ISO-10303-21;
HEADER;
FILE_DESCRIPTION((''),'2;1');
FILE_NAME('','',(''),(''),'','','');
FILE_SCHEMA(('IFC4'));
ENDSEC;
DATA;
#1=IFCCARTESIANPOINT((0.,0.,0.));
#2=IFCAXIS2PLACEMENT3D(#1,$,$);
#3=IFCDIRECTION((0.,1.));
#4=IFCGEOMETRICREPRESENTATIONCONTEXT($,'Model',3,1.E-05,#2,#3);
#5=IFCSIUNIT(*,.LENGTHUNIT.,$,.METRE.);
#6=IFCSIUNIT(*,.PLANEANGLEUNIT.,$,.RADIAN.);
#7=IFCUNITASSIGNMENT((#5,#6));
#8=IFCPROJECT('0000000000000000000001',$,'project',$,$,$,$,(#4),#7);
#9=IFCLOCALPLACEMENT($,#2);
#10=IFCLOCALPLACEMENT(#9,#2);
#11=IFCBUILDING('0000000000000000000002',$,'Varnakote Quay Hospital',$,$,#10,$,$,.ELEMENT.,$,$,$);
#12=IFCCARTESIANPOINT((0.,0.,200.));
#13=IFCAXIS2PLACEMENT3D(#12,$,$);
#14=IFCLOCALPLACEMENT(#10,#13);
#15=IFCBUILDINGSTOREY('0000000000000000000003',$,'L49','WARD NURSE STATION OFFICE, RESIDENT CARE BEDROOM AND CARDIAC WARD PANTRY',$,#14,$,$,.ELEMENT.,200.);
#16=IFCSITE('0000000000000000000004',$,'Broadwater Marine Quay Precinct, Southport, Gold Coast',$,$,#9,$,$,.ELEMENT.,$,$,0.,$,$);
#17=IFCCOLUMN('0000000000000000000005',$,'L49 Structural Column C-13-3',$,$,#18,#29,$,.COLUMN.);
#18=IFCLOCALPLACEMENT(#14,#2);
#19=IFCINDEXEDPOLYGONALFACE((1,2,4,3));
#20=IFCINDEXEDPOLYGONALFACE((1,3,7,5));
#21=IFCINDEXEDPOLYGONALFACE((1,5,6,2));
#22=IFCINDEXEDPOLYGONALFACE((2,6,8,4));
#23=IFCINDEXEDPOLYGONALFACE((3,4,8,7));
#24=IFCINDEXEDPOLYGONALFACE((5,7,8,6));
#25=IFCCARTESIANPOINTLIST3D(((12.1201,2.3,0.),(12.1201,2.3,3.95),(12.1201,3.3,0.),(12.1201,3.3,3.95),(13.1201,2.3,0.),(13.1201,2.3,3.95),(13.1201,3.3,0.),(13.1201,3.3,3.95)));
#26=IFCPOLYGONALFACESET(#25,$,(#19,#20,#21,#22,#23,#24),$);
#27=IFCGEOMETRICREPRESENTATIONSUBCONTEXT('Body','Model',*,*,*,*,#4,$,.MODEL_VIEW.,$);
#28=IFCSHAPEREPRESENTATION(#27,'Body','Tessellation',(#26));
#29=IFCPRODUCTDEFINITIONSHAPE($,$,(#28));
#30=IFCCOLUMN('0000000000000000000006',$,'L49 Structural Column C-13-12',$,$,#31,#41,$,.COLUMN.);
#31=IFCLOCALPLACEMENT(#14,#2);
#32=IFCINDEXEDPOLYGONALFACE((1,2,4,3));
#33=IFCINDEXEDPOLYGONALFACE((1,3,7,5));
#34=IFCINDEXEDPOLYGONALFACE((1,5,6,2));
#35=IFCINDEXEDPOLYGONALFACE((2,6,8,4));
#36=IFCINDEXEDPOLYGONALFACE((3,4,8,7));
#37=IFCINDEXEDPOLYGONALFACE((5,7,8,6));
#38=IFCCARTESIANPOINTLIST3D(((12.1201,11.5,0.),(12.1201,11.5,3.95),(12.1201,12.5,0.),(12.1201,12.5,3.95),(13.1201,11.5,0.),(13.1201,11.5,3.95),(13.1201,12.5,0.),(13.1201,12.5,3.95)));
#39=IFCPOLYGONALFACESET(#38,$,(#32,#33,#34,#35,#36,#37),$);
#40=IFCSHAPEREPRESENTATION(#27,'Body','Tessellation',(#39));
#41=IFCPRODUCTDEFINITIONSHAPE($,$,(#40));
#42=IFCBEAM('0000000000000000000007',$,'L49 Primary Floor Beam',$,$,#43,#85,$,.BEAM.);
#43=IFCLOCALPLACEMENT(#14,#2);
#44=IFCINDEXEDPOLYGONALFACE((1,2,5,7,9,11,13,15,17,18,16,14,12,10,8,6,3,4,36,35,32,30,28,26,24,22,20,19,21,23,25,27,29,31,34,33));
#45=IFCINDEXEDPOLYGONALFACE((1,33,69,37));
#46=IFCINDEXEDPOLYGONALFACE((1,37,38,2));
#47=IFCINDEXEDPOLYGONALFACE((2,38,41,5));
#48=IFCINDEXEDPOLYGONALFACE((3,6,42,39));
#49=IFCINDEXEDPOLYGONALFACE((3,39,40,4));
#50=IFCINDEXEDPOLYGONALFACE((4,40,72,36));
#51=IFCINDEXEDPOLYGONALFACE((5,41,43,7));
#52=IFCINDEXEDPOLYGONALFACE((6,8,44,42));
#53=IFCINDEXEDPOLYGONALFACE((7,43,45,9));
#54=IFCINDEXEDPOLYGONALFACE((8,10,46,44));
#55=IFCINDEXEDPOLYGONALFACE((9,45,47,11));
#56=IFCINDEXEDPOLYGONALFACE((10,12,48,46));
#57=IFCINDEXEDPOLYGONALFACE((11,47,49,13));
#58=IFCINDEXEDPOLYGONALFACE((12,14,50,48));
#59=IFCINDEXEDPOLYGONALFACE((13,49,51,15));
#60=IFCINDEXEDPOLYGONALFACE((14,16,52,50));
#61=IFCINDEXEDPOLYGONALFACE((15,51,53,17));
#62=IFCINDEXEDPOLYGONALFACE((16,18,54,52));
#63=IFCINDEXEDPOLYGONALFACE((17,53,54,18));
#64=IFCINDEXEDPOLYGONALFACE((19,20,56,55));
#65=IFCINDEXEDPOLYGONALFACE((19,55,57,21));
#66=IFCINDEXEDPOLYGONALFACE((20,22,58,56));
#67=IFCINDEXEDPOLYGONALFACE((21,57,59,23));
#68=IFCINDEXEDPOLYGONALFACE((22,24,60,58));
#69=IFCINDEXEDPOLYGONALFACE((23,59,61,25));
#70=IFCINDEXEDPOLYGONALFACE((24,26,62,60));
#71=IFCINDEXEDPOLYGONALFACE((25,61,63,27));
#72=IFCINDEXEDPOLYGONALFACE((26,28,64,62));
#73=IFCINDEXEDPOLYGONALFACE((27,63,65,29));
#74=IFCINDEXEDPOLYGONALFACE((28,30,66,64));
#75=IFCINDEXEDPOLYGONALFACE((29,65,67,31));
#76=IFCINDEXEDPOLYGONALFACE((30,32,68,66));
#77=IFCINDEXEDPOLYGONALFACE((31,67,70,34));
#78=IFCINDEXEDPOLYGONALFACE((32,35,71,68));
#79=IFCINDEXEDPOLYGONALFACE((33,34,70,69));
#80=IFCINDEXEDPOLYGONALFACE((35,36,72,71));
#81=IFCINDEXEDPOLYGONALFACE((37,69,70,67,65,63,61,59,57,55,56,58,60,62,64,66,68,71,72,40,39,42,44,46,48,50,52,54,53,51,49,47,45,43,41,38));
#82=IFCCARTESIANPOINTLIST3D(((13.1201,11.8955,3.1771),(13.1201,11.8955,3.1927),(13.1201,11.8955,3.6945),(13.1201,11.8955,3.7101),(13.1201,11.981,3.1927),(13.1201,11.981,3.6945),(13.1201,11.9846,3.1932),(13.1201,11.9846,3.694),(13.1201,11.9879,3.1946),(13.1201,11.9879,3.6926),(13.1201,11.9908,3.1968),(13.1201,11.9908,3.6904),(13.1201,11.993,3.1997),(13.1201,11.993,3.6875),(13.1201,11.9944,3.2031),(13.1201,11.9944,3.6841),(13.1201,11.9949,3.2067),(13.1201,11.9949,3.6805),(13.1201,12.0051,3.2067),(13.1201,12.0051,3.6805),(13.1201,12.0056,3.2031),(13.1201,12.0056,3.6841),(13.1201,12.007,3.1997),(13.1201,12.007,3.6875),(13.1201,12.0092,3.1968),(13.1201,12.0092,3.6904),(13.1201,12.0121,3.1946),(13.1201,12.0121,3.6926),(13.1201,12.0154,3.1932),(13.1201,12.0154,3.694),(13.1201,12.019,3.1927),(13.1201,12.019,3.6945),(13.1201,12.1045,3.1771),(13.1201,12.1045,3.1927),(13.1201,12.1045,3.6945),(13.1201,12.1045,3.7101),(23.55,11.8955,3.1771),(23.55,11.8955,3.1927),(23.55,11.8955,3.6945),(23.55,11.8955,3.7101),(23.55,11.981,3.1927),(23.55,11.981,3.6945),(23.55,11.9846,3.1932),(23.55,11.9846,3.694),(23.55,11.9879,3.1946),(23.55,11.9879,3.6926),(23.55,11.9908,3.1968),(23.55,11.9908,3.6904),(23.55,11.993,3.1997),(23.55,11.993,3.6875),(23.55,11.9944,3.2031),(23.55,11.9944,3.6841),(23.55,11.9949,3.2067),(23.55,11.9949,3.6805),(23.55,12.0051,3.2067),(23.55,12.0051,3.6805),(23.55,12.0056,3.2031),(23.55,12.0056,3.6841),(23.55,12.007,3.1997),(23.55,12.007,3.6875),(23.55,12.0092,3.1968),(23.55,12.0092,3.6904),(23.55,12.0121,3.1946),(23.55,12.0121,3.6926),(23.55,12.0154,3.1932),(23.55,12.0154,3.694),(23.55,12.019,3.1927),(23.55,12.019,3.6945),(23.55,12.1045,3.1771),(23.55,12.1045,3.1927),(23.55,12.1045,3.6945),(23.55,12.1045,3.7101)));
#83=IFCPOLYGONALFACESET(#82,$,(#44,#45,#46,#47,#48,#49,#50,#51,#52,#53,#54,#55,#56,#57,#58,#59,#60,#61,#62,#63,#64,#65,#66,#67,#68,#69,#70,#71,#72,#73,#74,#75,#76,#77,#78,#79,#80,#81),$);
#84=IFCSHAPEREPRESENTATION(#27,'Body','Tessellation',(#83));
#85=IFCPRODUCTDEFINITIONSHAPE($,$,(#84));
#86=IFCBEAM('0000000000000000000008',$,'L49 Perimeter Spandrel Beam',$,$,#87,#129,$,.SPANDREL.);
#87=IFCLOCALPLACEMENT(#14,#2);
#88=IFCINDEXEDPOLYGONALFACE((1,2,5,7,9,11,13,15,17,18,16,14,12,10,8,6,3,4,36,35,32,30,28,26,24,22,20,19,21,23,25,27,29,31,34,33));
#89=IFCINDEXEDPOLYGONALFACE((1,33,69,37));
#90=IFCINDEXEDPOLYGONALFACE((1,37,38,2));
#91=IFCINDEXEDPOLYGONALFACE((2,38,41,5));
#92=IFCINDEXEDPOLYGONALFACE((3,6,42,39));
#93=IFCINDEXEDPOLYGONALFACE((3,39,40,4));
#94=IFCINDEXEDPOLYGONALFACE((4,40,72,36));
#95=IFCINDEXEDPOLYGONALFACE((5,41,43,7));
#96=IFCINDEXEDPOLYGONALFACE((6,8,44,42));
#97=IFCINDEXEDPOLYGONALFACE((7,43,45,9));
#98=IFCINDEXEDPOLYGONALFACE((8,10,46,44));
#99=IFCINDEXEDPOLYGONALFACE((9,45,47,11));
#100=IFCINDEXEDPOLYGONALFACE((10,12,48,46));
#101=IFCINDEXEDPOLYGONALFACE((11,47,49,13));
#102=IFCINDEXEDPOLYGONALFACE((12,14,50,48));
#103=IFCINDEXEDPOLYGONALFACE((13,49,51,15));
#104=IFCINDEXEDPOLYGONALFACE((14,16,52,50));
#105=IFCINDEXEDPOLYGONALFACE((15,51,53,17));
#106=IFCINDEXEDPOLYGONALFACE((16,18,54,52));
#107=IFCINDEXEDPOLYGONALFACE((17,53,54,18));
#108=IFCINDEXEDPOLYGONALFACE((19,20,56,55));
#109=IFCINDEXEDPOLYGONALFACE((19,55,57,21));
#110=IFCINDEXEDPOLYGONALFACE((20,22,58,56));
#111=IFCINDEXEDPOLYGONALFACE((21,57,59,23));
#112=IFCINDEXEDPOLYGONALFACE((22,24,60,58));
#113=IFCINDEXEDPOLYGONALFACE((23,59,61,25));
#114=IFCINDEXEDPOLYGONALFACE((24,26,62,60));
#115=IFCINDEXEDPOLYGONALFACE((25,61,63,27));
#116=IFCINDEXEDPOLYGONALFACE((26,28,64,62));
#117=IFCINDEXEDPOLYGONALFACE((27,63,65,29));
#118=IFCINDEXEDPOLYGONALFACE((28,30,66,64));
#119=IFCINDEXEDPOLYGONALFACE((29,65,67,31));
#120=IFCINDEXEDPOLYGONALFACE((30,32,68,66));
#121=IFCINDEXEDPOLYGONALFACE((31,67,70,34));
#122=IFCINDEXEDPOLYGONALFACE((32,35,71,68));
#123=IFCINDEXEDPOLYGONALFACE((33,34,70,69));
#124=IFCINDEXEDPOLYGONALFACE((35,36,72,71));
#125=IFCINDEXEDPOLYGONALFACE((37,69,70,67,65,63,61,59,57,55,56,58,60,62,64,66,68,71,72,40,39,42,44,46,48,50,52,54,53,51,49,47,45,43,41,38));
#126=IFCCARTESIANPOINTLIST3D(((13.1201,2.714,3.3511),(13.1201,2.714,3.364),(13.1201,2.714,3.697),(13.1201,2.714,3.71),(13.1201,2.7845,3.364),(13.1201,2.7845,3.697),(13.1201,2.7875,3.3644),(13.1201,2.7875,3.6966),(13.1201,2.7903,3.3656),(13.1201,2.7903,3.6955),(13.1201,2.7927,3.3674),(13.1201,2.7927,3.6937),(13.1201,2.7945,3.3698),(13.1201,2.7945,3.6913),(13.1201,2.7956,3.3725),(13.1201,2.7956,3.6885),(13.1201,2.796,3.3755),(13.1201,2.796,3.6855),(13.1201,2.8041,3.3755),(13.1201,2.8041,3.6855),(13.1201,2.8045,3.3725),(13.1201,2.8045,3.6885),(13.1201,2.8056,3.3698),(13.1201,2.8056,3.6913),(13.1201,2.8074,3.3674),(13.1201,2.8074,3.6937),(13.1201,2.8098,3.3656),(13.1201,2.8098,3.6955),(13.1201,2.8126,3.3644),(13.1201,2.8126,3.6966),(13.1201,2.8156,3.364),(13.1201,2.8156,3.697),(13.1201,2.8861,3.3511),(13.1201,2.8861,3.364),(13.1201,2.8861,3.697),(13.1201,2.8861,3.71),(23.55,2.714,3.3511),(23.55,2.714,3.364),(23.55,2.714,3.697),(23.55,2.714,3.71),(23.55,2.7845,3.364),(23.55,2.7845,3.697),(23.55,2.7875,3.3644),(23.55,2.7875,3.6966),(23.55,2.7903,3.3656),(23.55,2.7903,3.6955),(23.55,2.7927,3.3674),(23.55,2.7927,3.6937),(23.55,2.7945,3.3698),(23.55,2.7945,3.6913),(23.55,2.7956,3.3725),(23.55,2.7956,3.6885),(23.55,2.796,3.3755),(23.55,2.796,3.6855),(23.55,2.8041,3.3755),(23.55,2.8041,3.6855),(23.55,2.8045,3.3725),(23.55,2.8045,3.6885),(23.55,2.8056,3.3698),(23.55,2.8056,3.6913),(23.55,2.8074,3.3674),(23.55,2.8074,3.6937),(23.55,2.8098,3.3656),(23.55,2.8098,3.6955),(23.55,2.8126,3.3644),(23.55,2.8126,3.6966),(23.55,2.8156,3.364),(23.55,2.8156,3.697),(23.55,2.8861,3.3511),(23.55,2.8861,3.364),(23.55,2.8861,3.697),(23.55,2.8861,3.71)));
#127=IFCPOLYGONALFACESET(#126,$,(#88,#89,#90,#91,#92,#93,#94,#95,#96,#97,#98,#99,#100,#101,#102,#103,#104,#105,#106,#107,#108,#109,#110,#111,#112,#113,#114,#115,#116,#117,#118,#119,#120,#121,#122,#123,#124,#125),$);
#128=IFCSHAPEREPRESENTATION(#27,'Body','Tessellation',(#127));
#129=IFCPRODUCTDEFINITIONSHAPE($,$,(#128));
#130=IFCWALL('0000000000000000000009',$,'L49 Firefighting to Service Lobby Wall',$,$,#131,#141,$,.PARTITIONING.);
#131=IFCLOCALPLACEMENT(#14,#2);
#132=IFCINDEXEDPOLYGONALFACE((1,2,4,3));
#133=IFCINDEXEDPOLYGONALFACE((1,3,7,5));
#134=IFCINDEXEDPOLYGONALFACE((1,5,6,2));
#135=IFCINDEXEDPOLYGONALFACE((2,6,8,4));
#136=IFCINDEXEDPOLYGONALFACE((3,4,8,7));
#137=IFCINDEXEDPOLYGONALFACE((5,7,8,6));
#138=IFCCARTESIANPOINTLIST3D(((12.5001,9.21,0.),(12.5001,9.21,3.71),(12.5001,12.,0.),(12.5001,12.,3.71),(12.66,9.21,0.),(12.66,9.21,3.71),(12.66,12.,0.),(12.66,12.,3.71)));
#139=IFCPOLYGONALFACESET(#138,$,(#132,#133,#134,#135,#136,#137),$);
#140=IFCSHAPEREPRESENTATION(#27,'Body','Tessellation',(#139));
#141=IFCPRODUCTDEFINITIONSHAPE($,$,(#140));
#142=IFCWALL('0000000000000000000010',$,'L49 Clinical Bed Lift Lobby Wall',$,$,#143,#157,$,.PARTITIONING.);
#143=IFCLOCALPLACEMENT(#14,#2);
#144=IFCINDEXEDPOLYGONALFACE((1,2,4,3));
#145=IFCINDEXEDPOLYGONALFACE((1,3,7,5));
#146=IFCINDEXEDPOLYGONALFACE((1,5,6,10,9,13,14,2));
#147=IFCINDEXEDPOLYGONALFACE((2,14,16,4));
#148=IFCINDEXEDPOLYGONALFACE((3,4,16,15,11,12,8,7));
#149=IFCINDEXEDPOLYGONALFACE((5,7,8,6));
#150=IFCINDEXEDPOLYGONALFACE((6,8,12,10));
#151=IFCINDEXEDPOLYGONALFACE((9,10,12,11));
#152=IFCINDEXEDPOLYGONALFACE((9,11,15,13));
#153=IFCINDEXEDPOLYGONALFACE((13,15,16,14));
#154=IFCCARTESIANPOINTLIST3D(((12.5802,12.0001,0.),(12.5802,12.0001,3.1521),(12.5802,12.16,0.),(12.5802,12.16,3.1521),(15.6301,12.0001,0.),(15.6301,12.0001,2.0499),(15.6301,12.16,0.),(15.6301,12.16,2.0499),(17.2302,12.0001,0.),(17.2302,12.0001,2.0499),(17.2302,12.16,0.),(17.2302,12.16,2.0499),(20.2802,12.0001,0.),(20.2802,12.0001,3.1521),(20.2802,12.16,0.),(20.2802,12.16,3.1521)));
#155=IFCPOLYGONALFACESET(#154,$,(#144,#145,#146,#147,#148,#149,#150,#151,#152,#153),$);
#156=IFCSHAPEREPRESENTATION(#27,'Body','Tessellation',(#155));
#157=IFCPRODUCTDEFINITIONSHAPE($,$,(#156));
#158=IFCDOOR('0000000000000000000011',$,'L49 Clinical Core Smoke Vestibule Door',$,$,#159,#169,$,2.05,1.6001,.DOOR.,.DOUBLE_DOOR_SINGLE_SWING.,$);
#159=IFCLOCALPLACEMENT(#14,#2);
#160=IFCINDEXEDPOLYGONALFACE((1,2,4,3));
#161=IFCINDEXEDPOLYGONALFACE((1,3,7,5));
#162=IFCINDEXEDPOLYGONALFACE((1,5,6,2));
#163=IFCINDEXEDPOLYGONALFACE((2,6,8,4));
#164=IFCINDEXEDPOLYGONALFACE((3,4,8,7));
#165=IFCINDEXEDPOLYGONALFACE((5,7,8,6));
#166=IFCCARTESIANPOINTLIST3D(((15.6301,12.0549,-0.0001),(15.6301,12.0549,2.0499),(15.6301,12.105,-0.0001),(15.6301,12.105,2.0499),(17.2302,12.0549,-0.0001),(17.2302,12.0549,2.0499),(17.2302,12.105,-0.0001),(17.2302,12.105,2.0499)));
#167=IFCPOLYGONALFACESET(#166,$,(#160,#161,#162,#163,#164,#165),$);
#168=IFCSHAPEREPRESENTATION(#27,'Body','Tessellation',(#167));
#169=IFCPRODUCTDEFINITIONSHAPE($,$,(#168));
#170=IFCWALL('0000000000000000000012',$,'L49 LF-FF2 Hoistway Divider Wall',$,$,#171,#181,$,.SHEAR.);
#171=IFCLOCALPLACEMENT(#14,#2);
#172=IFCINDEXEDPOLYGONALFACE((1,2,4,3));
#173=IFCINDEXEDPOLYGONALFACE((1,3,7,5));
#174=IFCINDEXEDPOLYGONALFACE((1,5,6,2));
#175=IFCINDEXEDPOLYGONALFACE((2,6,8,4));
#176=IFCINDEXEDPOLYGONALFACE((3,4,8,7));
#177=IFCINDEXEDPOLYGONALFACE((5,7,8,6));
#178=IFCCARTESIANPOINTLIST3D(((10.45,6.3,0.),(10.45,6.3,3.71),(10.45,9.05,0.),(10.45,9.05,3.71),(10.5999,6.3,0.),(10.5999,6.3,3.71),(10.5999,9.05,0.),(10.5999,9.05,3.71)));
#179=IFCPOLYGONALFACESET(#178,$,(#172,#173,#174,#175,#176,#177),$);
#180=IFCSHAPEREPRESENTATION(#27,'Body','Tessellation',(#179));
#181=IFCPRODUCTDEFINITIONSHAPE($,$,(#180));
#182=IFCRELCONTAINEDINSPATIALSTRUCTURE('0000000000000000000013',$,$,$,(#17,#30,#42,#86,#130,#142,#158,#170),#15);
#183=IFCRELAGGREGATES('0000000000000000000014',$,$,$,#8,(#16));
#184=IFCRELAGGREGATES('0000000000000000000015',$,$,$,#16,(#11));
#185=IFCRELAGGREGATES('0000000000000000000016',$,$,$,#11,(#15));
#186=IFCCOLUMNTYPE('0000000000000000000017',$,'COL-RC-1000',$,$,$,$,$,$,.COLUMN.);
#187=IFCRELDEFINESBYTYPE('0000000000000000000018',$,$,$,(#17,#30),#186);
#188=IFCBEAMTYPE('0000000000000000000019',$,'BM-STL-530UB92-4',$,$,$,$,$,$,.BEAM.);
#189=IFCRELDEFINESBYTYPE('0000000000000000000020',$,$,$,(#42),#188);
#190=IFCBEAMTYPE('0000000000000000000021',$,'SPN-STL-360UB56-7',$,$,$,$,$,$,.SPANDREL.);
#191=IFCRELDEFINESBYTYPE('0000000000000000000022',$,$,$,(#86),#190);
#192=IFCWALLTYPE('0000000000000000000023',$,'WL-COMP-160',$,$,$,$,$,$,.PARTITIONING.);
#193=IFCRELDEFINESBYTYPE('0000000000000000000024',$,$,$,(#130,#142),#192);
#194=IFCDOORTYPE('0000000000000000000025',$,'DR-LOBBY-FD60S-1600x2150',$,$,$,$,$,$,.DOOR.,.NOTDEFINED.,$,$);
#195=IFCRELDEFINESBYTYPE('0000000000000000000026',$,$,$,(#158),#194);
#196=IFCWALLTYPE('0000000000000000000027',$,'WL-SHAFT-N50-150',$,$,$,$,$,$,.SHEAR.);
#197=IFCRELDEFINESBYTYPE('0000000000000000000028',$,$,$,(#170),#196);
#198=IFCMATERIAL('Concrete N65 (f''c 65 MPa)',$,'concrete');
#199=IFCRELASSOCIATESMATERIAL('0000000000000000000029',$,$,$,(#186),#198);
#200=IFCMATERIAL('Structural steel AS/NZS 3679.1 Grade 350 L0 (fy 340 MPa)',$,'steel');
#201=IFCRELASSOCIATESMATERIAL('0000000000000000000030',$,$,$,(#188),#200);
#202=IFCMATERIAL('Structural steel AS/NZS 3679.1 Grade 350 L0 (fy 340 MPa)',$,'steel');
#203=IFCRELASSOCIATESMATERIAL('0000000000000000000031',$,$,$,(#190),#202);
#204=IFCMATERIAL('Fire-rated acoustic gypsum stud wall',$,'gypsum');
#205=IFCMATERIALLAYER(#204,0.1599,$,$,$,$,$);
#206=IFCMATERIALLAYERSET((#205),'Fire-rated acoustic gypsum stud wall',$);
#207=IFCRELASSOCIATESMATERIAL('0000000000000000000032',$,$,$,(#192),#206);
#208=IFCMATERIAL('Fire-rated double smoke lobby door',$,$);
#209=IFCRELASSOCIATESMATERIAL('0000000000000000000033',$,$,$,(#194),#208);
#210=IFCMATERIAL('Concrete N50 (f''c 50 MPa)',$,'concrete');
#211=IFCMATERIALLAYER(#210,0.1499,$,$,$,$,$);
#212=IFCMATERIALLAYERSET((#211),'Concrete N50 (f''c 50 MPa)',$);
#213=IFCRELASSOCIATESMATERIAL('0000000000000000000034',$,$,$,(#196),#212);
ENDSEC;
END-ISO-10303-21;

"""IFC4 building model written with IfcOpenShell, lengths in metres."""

from ifc_helpers import new_model, si_unit, direction, frame, frame_2d, origin, origin_2d, place, context, subcontext, project, spatial, rectangle, i_section, extrude, material, layer, layer_set, material_profile, profile_set, type_object, element, fill, save


model = new_model("IFC4")

# Units and contexts
model_context = context("Model", 3, precision=1e-05, world=origin(), true_north=direction((0.0, 1.0)))
body_context = subcontext(model_context, "Body", "Model", "MODEL_VIEW")
ifc_project = project(units=[si_unit("LENGTHUNIT", "METRE"), si_unit("PLANEANGLEUNIT", "RADIAN")], contexts=[model_context])

# Site, building, storey
site_placement = place(None, origin())
site = spatial("IfcSite", under=ifc_project, at=site_placement, Name="Broadwater Marine Quay Precinct, Southport, Gold Coast", CompositionType="ELEMENT", RefElevation=0.0)
building_placement = place(site_placement, origin())
building = spatial("IfcBuilding", under=site, at=building_placement, Name="Varnakote Quay Hospital", CompositionType="ELEMENT")
storey_placement = place(building_placement, frame((0.0, 0.0, 200.0)))
storey = spatial("IfcBuildingStorey", under=building, at=storey_placement, Name="L49", Description="WARD NURSE STATION OFFICE, RESIDENT CARE BEDROOM AND CARDIAC WARD PANTRY", CompositionType="ELEMENT", Elevation=200.0)

# Columns
ifc_material_1 = material(Name="Concrete N65 (f'c 65 MPa)", Category="concrete")
ifc_material_profile_1 = material_profile(ifc_material_1, rectangle(XDim=1.0, YDim=1.0, at=origin_2d()), Name="RC-COL-1000x1000")
ifc_profile_set_1 = profile_set([ifc_material_profile_1], Name="Concrete N65 (f'c 65 MPa)")
column_type = type_object("IfcColumnType", Name="COL-RC-1000", PredefinedType="COLUMN", material=ifc_profile_set_1)
for number, where, z_axis, x_axis, name in (
    (1, (12.6201, 2.8, 0.0), (0.0, 0.0, 1.0), (1.0, 0.0, 0.0), "L49 Structural Column C-13-3"),
    (2, (12.6201, 12.0, 0.0), (0.0, 0.0, 1.0), (1.0, 0.0, 0.0), "L49 Structural Column C-13-12"),
):
    element("IfcColumn", number, at=place(storey_placement, frame(where, z_axis=z_axis, x_axis=x_axis)), inside=storey, type_object=column_type, Name=name, PredefinedType="COLUMN", context=body_context, shape_type="SweptSolid", body=[
        extrude(rectangle(XDim=1.0, YDim=1.0, at=origin_2d()), origin(), (0.0, 0.0, 1.0), 3.95),
    ])

# Beams
ifc_material_2 = material(Name="Structural steel AS/NZS 3679.1 Grade 350 L0 (fy 340 MPa)", Category="steel")
ifc_material_profile_2 = material_profile(ifc_material_2, i_section(OverallWidth=0.209, OverallDepth=0.533, WebThickness=0.0103, FlangeThickness=0.0156, FilletRadius=0.0139, at=origin_2d()), Name="530UB92.4")
ifc_profile_set_2 = profile_set([ifc_material_profile_2], Name="Structural steel AS/NZS 3679.1 Grade 350 L0 (fy 340 MPa)")
beam_type_1 = type_object("IfcBeamType", Name="BM-STL-530UB92-4", PredefinedType="BEAM", material=ifc_profile_set_2)
beam_1_placement = place(storey_placement, frame((13.1201, 12.0, 3.4436), z_axis=(1.0, 0.0, 0.0), x_axis=(0.0, 1.0, 0.0)))
element("IfcBeam", 3, at=beam_1_placement, inside=storey, type_object=beam_type_1, Name="L49 Primary Floor Beam", PredefinedType="BEAM", context=body_context, shape_type="SweptSolid", body=[
    extrude(i_section(OverallWidth=0.209, OverallDepth=0.533, WebThickness=0.0103, FlangeThickness=0.0156, FilletRadius=0.0139, at=origin_2d()), origin(), (0.0, 0.0, 1.0), 10.4299),
])
ifc_material_3 = material(Name="Structural steel AS/NZS 3679.1 Grade 350 L0 (fy 340 MPa)", Category="steel")
ifc_material_profile_3 = material_profile(ifc_material_3, i_section(OverallWidth=0.1721, OverallDepth=0.3589, WebThickness=0.0081, FlangeThickness=0.0129, FilletRadius=0.0115, at=origin_2d()), Name="360UB56.7")
ifc_profile_set_3 = profile_set([ifc_material_profile_3], Name="Structural steel AS/NZS 3679.1 Grade 350 L0 (fy 340 MPa)")
beam_type_2 = type_object("IfcBeamType", Name="SPN-STL-360UB56-7", PredefinedType="SPANDREL", material=ifc_profile_set_3)
beam_2_placement = place(storey_placement, frame((13.1201, 2.8, 3.5305), z_axis=(1.0, 0.0, 0.0), x_axis=(0.0, 1.0, 0.0)))
element("IfcBeam", 4, at=beam_2_placement, inside=storey, type_object=beam_type_2, Name="L49 Perimeter Spandrel Beam", PredefinedType="SPANDREL", context=body_context, shape_type="SweptSolid", body=[
    extrude(i_section(OverallWidth=0.1721, OverallDepth=0.3589, WebThickness=0.0081, FlangeThickness=0.0129, FilletRadius=0.0115, at=origin_2d()), origin(), (0.0, 0.0, 1.0), 10.4299),
])

# Wall
ifc_material_4 = material(Name="Fire-rated acoustic gypsum stud wall", Category="gypsum")
ifc_layer_1 = layer(ifc_material_4, 0.1599)
ifc_layer_set_1 = layer_set([ifc_layer_1], Name="Fire-rated acoustic gypsum stud wall")
wall_type_1 = type_object("IfcWallType", Name="WL-COMP-160", PredefinedType="PARTITIONING", material=ifc_layer_set_1)
wall_1_placement = place(storey_placement, frame((12.5801, 9.21, 0.0), z_axis=(0.0, 0.0, 1.0), x_axis=(0.0, 1.0, 0.0)))
element("IfcWall", 5, at=wall_1_placement, inside=storey, type_object=wall_type_1, Name="L49 Firefighting to Service Lobby Wall", PredefinedType="PARTITIONING", context=body_context, shape_type="SweptSolid", body=[
    extrude(rectangle(XDim=2.79, YDim=0.1599, at=frame_2d((1.395, 0.0))), origin(), (0.0, 0.0, 1.0), 3.71),
])

# Wall, opening, door
wall_2_placement = place(storey_placement, frame((12.5801, 12.0801, 0.0), z_axis=(0.0, 0.0, 1.0), x_axis=(1.0, 0.0, 0.0)))
wall_2 = element("IfcWall", 6, at=wall_2_placement, inside=storey, type_object=wall_type_1, Name="L49 Clinical Bed Lift Lobby Wall", PredefinedType="PARTITIONING", context=body_context, shape_type="SweptSolid", body=[
    extrude(rectangle(XDim=7.7, YDim=0.1599, at=frame_2d((3.8501, 0.0))), origin(), (0.0, 0.0, 1.0), 3.1521),
])
opening_1_placement = place(wall_2_placement, frame((3.05, 0.0, 0.0)))
opening_1 = element("IfcOpeningElement", 7, at=opening_1_placement, cuts=wall_2, PredefinedType="OPENING", context=body_context, shape_type="SweptSolid", body=[
    extrude(rectangle(XDim=1.6001, YDim=2.05, at=frame_2d((0.8, 1.0249))), frame((0.0, 0.0898, 0.0), z_axis=(0.0, -1.0, 0.0), x_axis=(1.0, 0.0, 0.0)), (0.0, 0.0, 1.0), 0.1799),
])
ifc_material_5 = material(Name="Fire-rated double smoke lobby door")
door_type_1 = type_object("IfcDoorType", Name="DR-LOBBY-FD60S-1600x2150", OperationType="NOTDEFINED", PredefinedType="DOOR", material=ifc_material_5)
door_1_placement = place(opening_1_placement, origin())
door_1 = element("IfcDoor", 8, at=door_1_placement, inside=storey, type_object=door_type_1, Name="L49 Clinical Core Smoke Vestibule Door", OperationType="DOUBLE_DOOR_SINGLE_SWING", OverallHeight=2.05, OverallWidth=1.6001, PredefinedType="DOOR", context=body_context, shape_type="SweptSolid", body=[
    extrude(rectangle(XDim=1.6001, YDim=2.05, at=frame_2d((0.8, 1.0249))), frame((0.0, 0.0249, 0.0), z_axis=(0.0, -1.0, 0.0), x_axis=(1.0, 0.0, 0.0)), (0.0, 0.0, 1.0), 0.05),
])
fill(opening_1, door_1)

# Wall
ifc_material_6 = material(Name="Concrete N50 (f'c 50 MPa)", Category="concrete")
ifc_layer_2 = layer(ifc_material_6, 0.1499)
ifc_layer_set_2 = layer_set([ifc_layer_2], Name="Concrete N50 (f'c 50 MPa)")
wall_type_2 = type_object("IfcWallType", Name="WL-SHAFT-N50-150", PredefinedType="SHEAR", material=ifc_layer_set_2)
for number, where, z_axis, x_axis, name in (
    (9, (10.5249, 6.3, 0.0), (0.0, 0.0, 1.0), (0.0, 1.0, 0.0), "L49 LF-FF2 Hoistway Divider Wall"),
):
    element("IfcWall", number, at=place(storey_placement, frame(where, z_axis=z_axis, x_axis=x_axis)), inside=storey, type_object=wall_type_2, Name=name, PredefinedType="SHEAR", context=body_context, shape_type="SweptSolid", body=[
        extrude(rectangle(XDim=2.75, YDim=0.1499, at=frame_2d((1.375, 0.0))), origin(), (0.0, 0.0, 1.0), 3.71),
    ])

save(model, "model.ifc")
